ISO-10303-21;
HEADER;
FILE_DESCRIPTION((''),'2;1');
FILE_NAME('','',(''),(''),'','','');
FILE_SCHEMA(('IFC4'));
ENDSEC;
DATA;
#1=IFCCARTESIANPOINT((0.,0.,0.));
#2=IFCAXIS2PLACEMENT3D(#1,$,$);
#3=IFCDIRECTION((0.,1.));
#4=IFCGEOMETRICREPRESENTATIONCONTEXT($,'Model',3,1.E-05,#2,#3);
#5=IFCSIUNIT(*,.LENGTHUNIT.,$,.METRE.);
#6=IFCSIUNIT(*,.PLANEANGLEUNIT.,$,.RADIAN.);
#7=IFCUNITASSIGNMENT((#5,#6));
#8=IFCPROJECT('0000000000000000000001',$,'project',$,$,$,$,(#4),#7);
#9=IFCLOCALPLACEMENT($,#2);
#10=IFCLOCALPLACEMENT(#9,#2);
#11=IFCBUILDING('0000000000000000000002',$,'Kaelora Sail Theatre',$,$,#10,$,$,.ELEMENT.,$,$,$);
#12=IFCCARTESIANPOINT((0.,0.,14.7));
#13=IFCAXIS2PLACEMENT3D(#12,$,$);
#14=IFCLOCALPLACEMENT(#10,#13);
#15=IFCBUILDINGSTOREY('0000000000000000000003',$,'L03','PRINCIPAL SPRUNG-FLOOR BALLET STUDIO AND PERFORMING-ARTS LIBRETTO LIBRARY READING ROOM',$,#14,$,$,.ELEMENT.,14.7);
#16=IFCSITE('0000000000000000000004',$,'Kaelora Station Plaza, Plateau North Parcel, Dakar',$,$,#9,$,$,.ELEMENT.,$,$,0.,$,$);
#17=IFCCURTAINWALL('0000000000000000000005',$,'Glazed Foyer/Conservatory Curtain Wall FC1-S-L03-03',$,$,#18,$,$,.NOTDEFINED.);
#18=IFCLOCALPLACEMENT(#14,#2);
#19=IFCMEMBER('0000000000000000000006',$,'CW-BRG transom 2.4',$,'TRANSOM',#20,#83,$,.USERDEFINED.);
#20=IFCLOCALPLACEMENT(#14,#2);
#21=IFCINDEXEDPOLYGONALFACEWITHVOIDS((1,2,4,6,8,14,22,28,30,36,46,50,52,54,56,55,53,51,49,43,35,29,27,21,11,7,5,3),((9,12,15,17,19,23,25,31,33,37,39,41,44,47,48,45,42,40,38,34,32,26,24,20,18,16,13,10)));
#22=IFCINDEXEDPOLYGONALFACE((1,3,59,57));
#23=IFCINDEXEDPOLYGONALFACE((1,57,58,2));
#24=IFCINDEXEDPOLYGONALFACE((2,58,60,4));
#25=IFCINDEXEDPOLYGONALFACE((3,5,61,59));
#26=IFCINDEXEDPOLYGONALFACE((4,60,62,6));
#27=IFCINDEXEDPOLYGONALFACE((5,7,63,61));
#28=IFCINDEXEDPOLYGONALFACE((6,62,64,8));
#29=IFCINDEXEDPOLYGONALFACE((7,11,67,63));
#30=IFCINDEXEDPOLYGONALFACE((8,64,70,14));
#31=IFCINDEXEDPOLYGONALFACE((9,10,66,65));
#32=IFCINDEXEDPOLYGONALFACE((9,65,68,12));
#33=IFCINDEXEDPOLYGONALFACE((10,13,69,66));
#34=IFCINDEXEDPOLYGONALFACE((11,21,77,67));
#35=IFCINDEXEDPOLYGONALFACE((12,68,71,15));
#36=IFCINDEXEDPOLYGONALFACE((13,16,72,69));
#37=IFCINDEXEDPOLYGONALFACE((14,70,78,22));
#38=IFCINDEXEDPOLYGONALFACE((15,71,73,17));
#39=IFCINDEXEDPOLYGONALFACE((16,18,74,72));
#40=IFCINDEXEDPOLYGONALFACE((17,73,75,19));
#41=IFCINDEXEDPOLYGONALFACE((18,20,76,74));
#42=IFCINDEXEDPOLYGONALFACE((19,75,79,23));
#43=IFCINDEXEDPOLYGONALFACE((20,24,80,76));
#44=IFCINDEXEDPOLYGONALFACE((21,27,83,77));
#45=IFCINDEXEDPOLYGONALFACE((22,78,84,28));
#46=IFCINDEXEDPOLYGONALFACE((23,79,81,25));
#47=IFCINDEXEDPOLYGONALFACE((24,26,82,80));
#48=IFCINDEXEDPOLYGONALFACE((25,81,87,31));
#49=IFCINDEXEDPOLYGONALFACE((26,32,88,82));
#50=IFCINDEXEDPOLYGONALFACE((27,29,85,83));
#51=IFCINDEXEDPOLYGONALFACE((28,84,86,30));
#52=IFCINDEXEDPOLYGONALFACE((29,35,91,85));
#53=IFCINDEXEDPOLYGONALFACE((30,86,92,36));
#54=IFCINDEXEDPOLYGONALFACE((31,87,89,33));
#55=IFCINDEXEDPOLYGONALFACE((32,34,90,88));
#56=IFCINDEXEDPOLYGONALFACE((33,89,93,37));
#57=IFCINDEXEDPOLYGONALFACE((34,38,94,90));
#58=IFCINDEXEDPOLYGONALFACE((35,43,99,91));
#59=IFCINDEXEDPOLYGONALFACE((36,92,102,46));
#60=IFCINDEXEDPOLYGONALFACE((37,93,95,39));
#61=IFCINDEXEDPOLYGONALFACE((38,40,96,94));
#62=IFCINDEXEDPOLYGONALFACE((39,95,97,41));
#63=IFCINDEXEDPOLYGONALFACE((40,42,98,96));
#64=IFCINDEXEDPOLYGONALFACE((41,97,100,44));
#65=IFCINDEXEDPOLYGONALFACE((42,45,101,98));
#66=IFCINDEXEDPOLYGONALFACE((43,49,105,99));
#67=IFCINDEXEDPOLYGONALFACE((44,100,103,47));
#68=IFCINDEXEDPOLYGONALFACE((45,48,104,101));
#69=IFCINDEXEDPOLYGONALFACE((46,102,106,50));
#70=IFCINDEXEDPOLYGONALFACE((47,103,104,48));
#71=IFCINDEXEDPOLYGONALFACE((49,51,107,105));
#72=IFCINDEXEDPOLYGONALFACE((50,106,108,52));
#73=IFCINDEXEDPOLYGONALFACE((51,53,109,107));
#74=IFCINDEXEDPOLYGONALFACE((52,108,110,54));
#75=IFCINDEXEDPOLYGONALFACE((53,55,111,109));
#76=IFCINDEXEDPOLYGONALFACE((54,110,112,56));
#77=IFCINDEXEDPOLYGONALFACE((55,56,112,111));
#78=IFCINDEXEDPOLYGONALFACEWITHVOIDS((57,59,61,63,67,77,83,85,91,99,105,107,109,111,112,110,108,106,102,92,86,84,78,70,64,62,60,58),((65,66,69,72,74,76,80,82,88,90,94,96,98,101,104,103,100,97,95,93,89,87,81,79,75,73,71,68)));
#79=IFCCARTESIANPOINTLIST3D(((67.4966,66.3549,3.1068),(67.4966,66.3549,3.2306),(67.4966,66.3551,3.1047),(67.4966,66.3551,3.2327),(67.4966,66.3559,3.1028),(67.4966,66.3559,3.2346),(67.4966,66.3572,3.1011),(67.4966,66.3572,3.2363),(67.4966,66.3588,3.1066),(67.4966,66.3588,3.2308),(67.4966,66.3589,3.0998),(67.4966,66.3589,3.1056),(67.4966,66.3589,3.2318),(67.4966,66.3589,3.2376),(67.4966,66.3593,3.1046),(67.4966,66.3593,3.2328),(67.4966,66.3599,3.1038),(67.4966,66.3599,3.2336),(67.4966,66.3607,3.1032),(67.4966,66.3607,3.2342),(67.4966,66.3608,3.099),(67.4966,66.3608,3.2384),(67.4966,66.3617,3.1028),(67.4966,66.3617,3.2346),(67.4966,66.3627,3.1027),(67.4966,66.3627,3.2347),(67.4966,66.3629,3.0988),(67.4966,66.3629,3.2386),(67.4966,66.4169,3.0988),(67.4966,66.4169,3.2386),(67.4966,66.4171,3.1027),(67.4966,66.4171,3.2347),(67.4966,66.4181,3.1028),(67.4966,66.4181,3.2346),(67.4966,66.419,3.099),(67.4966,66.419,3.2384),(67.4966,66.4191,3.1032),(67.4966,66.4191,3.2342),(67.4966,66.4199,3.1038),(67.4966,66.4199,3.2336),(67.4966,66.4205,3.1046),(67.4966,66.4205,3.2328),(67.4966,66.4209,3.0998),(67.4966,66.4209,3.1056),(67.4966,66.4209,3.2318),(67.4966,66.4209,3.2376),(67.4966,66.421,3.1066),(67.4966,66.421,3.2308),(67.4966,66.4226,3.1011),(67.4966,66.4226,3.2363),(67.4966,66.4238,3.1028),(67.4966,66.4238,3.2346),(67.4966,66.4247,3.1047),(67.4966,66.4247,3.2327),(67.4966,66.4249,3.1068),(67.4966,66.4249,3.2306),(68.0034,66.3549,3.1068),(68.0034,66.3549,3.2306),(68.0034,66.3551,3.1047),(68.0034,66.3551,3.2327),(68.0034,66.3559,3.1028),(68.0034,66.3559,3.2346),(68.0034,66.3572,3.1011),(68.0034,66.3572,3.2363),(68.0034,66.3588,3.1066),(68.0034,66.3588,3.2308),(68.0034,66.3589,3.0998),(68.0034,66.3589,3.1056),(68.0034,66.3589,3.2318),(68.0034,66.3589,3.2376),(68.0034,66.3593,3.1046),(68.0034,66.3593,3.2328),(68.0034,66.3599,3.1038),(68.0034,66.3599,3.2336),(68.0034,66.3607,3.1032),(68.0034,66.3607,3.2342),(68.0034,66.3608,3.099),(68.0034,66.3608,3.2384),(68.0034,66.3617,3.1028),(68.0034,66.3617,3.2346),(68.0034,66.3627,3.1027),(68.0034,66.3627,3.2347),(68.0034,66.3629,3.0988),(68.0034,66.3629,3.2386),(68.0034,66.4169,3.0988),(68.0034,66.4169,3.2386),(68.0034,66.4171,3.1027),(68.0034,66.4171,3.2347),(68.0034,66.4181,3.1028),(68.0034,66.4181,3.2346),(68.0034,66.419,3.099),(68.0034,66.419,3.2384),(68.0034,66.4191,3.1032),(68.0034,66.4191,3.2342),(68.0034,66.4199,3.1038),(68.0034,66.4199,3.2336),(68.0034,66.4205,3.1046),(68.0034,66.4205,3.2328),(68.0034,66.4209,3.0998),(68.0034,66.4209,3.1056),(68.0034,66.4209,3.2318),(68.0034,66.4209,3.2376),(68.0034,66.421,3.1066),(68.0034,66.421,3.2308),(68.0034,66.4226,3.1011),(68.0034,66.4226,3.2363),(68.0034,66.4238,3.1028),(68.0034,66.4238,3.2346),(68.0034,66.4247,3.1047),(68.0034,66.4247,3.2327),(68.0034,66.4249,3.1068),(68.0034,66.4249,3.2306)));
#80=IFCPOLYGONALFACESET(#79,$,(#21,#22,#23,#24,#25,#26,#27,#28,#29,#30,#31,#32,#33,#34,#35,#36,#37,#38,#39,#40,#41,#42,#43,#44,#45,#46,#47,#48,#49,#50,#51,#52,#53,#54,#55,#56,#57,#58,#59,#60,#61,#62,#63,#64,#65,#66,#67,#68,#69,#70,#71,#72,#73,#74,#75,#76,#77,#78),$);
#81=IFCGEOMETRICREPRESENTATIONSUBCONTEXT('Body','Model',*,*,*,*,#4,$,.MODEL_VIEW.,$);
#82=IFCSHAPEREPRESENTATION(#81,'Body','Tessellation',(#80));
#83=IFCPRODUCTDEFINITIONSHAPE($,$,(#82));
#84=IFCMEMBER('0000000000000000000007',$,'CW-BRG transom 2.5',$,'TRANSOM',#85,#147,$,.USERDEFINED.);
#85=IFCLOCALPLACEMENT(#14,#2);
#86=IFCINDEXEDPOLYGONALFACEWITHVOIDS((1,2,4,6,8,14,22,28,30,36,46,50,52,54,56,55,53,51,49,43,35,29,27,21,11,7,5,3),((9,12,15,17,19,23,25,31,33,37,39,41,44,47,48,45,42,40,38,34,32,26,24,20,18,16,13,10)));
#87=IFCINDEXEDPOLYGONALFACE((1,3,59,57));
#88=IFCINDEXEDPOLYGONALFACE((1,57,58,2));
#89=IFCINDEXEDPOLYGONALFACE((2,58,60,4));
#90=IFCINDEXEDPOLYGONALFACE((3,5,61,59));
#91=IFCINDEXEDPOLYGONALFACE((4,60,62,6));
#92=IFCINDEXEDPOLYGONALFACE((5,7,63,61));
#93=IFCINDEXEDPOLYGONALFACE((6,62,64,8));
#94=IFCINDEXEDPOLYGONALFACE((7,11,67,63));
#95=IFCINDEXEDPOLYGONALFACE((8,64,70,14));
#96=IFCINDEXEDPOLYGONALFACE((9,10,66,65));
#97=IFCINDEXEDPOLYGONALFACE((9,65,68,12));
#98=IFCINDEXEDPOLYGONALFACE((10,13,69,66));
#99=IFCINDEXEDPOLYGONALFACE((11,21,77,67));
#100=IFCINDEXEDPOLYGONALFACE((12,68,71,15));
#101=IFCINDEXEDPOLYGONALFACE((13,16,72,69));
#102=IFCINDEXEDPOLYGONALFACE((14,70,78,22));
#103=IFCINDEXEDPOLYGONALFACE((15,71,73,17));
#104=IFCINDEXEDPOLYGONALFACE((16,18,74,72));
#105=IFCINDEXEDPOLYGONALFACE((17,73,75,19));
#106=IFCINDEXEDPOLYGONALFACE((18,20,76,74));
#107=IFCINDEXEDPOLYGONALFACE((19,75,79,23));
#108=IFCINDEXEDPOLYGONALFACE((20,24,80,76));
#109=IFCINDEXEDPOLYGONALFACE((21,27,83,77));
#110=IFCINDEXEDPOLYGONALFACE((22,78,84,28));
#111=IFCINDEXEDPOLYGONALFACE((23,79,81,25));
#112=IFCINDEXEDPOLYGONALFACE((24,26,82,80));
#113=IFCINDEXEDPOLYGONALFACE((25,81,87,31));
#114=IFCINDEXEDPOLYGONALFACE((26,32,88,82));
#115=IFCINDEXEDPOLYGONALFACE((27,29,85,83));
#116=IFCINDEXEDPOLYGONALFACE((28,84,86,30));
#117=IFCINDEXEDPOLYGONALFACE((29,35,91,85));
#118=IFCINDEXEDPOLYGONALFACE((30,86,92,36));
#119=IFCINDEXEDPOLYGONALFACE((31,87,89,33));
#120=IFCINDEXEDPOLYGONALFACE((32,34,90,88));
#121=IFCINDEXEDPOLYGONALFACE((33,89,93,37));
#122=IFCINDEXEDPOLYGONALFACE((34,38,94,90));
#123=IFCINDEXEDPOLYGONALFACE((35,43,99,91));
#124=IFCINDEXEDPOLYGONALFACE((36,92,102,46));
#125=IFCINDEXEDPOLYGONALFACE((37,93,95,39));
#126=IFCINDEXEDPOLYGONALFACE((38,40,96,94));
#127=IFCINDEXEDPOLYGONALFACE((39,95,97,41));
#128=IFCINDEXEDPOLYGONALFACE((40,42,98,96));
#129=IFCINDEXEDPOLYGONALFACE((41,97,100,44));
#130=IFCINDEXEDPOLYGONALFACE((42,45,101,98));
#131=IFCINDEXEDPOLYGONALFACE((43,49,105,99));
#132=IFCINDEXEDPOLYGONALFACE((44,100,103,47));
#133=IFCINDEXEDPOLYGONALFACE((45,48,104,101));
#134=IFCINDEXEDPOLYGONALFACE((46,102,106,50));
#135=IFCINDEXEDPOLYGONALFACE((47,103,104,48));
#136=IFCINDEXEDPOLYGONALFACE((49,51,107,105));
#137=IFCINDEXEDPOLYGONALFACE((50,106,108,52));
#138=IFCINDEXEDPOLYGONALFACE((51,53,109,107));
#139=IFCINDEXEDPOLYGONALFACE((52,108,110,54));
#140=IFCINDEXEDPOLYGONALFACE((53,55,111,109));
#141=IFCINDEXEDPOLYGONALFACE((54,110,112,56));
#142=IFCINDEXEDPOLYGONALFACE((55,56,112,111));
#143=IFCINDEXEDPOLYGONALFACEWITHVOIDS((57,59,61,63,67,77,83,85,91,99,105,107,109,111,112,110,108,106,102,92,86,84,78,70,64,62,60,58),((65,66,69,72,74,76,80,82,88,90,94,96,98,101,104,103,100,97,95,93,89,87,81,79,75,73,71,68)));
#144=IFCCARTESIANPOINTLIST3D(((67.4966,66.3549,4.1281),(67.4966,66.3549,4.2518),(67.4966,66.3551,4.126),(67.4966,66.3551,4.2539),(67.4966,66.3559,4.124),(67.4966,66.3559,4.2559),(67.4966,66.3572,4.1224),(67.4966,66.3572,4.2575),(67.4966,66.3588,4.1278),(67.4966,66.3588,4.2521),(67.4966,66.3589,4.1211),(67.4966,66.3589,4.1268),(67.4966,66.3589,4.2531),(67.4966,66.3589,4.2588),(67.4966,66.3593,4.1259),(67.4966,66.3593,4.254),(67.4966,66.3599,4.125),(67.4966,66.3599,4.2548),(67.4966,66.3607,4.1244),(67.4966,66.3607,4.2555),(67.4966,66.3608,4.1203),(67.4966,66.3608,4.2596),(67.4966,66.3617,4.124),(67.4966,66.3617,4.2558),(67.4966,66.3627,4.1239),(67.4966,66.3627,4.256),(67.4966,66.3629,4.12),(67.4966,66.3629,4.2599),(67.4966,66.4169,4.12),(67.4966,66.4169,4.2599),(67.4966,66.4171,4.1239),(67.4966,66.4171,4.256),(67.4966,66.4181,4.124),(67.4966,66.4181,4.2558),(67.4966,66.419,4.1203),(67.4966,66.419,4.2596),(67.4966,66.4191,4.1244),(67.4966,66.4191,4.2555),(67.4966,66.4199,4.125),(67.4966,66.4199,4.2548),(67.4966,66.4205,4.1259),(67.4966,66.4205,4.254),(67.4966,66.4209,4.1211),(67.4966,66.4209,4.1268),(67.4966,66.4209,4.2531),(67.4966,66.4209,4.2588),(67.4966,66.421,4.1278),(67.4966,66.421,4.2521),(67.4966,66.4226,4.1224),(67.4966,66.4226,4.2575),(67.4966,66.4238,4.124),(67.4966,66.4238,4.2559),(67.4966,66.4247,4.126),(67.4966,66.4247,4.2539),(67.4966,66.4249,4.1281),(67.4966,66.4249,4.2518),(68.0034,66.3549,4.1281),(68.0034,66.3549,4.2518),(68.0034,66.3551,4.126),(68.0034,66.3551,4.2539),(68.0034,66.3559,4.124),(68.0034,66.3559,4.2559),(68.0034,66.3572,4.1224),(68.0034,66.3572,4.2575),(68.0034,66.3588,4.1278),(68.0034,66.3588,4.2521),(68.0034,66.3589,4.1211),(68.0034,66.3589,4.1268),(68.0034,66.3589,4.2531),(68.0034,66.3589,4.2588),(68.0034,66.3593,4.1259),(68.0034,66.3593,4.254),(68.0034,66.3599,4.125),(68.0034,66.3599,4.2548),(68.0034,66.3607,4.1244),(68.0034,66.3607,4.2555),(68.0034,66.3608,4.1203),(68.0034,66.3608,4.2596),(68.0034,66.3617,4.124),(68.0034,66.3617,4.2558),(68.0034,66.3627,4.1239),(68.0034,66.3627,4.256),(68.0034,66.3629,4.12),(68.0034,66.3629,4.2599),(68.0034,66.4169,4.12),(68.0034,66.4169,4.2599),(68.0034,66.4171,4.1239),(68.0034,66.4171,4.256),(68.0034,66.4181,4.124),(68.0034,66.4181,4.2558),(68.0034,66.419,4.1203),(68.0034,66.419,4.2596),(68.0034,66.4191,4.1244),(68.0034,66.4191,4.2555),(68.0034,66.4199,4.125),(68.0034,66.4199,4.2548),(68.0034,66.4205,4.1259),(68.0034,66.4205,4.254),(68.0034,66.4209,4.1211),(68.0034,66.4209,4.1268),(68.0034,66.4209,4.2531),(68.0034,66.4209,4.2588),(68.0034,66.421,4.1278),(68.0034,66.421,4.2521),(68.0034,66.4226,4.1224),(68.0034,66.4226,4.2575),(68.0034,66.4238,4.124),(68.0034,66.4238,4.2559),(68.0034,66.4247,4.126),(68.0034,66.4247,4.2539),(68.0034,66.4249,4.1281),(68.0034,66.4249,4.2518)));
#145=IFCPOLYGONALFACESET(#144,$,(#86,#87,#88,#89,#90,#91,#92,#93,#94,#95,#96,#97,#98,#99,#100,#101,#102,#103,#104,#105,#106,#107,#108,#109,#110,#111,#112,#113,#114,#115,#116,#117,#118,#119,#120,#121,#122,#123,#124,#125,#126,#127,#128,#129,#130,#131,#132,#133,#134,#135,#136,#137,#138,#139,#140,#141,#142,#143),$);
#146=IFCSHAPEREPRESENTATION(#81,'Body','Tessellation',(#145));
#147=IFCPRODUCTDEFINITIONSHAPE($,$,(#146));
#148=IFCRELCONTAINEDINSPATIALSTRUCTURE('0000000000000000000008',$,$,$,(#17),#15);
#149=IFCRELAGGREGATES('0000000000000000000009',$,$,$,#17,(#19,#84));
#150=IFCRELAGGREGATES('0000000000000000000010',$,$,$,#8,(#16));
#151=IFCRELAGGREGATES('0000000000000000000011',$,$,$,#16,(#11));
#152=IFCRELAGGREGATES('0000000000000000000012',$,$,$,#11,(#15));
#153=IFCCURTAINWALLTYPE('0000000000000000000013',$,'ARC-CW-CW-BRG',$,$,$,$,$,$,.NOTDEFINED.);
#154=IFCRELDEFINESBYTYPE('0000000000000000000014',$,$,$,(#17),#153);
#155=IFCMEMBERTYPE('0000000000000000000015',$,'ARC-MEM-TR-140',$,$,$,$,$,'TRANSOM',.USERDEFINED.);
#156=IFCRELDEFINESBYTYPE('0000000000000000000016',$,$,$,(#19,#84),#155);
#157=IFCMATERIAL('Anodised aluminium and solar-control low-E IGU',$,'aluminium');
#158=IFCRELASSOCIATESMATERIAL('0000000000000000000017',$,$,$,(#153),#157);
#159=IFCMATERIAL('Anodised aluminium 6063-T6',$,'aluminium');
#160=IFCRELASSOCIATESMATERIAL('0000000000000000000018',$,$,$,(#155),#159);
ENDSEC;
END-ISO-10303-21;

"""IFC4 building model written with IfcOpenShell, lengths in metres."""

from ifc_helpers import new_model, si_unit, direction, frame, origin, origin_2d, place, context, subcontext, project, spatial, hollow_rectangle, extrude, material, material_profile, profile_set, type_object, element, aggregate, save


model = new_model("IFC4")

# Units and contexts
model_context = context("Model", 3, precision=1e-05, world=origin(), true_north=direction((0.0, 1.0)))
body_context = subcontext(model_context, "Body", "Model", "MODEL_VIEW")
ifc_project = project(units=[si_unit("LENGTHUNIT", "METRE"), si_unit("PLANEANGLEUNIT", "RADIAN")], contexts=[model_context])

# Site, building, storey
site_placement = place(None, origin())
site = spatial("IfcSite", under=ifc_project, at=site_placement, Name="Kaelora Station Plaza, Plateau North Parcel, Dakar", CompositionType="ELEMENT", RefElevation=0.0)
building_placement = place(site_placement, origin())
building = spatial("IfcBuilding", under=site, at=building_placement, Name="Kaelora Sail Theatre", CompositionType="ELEMENT")
storey_placement = place(building_placement, frame((0.0, 0.0, 14.7)))
storey = spatial("IfcBuildingStorey", under=building, at=storey_placement, Name="L03", Description="PRINCIPAL SPRUNG-FLOOR BALLET STUDIO AND PERFORMING-ARTS LIBRETTO LIBRARY READING ROOM", CompositionType="ELEMENT", Elevation=14.7)

# Curtain wall, members
ifc_material_1 = material(Name="Anodised aluminium and solar-control low-E IGU", Category="aluminium")
curtain_wall_type = type_object("IfcCurtainWallType", Name="ARC-CW-CW-BRG", PredefinedType="NOTDEFINED", material=ifc_material_1)
curtain_wall_1_placement = place(storey_placement, origin())
curtain_wall_1 = element("IfcCurtainWall", 1, at=curtain_wall_1_placement, inside=storey, type_object=curtain_wall_type, Name="Glazed Foyer/Conservatory Curtain Wall FC1-S-L03-03", PredefinedType="NOTDEFINED")
ifc_material_2 = material(Name="Anodised aluminium 6063-T6", Category="aluminium")
ifc_material_profile = material_profile(ifc_material_2, hollow_rectangle(XDim=0.0701, YDim=0.1399, WallThickness=0.0039, InnerFilletRadius=0.0039, OuterFilletRadius=0.0081, at=origin_2d()), Name="ALU-TRAN 70x140x4")
ifc_profile_set = profile_set([ifc_material_profile], Name="Anodised aluminium 6063-T6")
member_type = type_object("IfcMemberType", Name="ARC-MEM-TR-140", ElementType="TRANSOM", PredefinedType="USERDEFINED", material=ifc_profile_set)
member_1_placement = place(storey_placement, frame((67.4966, 66.3899, 3.1687), z_axis=(1.0, 0.0, 0.0), x_axis=(0.0, 1.0, 0.0)))
member_1 = element("IfcMember", 2, at=member_1_placement, type_object=member_type, Name="CW-BRG transom 2.4", ObjectType="TRANSOM", PredefinedType="USERDEFINED", context=body_context, shape_type="SweptSolid", body=[
    extrude(hollow_rectangle(XDim=0.0701, YDim=0.1399, WallThickness=0.0039, InnerFilletRadius=0.0039, OuterFilletRadius=0.0081, at=origin_2d()), origin(), (0.0, 0.0, 1.0), 0.5068),
])
member_2_placement = place(storey_placement, frame((67.4966, 66.3899, 4.1899), z_axis=(1.0, 0.0, 0.0), x_axis=(0.0, 1.0, 0.0)))
member_2 = element("IfcMember", 3, at=member_2_placement, type_object=member_type, Name="CW-BRG transom 2.5", ObjectType="TRANSOM", PredefinedType="USERDEFINED", context=body_context, shape_type="SweptSolid", body=[
    extrude(hollow_rectangle(XDim=0.0701, YDim=0.1399, WallThickness=0.0039, InnerFilletRadius=0.0039, OuterFilletRadius=0.0081, at=origin_2d()), origin(), (0.0, 0.0, 1.0), 0.5068),
])

aggregate(curtain_wall_1, [member_1, member_2])

save(model, "model.ifc")
